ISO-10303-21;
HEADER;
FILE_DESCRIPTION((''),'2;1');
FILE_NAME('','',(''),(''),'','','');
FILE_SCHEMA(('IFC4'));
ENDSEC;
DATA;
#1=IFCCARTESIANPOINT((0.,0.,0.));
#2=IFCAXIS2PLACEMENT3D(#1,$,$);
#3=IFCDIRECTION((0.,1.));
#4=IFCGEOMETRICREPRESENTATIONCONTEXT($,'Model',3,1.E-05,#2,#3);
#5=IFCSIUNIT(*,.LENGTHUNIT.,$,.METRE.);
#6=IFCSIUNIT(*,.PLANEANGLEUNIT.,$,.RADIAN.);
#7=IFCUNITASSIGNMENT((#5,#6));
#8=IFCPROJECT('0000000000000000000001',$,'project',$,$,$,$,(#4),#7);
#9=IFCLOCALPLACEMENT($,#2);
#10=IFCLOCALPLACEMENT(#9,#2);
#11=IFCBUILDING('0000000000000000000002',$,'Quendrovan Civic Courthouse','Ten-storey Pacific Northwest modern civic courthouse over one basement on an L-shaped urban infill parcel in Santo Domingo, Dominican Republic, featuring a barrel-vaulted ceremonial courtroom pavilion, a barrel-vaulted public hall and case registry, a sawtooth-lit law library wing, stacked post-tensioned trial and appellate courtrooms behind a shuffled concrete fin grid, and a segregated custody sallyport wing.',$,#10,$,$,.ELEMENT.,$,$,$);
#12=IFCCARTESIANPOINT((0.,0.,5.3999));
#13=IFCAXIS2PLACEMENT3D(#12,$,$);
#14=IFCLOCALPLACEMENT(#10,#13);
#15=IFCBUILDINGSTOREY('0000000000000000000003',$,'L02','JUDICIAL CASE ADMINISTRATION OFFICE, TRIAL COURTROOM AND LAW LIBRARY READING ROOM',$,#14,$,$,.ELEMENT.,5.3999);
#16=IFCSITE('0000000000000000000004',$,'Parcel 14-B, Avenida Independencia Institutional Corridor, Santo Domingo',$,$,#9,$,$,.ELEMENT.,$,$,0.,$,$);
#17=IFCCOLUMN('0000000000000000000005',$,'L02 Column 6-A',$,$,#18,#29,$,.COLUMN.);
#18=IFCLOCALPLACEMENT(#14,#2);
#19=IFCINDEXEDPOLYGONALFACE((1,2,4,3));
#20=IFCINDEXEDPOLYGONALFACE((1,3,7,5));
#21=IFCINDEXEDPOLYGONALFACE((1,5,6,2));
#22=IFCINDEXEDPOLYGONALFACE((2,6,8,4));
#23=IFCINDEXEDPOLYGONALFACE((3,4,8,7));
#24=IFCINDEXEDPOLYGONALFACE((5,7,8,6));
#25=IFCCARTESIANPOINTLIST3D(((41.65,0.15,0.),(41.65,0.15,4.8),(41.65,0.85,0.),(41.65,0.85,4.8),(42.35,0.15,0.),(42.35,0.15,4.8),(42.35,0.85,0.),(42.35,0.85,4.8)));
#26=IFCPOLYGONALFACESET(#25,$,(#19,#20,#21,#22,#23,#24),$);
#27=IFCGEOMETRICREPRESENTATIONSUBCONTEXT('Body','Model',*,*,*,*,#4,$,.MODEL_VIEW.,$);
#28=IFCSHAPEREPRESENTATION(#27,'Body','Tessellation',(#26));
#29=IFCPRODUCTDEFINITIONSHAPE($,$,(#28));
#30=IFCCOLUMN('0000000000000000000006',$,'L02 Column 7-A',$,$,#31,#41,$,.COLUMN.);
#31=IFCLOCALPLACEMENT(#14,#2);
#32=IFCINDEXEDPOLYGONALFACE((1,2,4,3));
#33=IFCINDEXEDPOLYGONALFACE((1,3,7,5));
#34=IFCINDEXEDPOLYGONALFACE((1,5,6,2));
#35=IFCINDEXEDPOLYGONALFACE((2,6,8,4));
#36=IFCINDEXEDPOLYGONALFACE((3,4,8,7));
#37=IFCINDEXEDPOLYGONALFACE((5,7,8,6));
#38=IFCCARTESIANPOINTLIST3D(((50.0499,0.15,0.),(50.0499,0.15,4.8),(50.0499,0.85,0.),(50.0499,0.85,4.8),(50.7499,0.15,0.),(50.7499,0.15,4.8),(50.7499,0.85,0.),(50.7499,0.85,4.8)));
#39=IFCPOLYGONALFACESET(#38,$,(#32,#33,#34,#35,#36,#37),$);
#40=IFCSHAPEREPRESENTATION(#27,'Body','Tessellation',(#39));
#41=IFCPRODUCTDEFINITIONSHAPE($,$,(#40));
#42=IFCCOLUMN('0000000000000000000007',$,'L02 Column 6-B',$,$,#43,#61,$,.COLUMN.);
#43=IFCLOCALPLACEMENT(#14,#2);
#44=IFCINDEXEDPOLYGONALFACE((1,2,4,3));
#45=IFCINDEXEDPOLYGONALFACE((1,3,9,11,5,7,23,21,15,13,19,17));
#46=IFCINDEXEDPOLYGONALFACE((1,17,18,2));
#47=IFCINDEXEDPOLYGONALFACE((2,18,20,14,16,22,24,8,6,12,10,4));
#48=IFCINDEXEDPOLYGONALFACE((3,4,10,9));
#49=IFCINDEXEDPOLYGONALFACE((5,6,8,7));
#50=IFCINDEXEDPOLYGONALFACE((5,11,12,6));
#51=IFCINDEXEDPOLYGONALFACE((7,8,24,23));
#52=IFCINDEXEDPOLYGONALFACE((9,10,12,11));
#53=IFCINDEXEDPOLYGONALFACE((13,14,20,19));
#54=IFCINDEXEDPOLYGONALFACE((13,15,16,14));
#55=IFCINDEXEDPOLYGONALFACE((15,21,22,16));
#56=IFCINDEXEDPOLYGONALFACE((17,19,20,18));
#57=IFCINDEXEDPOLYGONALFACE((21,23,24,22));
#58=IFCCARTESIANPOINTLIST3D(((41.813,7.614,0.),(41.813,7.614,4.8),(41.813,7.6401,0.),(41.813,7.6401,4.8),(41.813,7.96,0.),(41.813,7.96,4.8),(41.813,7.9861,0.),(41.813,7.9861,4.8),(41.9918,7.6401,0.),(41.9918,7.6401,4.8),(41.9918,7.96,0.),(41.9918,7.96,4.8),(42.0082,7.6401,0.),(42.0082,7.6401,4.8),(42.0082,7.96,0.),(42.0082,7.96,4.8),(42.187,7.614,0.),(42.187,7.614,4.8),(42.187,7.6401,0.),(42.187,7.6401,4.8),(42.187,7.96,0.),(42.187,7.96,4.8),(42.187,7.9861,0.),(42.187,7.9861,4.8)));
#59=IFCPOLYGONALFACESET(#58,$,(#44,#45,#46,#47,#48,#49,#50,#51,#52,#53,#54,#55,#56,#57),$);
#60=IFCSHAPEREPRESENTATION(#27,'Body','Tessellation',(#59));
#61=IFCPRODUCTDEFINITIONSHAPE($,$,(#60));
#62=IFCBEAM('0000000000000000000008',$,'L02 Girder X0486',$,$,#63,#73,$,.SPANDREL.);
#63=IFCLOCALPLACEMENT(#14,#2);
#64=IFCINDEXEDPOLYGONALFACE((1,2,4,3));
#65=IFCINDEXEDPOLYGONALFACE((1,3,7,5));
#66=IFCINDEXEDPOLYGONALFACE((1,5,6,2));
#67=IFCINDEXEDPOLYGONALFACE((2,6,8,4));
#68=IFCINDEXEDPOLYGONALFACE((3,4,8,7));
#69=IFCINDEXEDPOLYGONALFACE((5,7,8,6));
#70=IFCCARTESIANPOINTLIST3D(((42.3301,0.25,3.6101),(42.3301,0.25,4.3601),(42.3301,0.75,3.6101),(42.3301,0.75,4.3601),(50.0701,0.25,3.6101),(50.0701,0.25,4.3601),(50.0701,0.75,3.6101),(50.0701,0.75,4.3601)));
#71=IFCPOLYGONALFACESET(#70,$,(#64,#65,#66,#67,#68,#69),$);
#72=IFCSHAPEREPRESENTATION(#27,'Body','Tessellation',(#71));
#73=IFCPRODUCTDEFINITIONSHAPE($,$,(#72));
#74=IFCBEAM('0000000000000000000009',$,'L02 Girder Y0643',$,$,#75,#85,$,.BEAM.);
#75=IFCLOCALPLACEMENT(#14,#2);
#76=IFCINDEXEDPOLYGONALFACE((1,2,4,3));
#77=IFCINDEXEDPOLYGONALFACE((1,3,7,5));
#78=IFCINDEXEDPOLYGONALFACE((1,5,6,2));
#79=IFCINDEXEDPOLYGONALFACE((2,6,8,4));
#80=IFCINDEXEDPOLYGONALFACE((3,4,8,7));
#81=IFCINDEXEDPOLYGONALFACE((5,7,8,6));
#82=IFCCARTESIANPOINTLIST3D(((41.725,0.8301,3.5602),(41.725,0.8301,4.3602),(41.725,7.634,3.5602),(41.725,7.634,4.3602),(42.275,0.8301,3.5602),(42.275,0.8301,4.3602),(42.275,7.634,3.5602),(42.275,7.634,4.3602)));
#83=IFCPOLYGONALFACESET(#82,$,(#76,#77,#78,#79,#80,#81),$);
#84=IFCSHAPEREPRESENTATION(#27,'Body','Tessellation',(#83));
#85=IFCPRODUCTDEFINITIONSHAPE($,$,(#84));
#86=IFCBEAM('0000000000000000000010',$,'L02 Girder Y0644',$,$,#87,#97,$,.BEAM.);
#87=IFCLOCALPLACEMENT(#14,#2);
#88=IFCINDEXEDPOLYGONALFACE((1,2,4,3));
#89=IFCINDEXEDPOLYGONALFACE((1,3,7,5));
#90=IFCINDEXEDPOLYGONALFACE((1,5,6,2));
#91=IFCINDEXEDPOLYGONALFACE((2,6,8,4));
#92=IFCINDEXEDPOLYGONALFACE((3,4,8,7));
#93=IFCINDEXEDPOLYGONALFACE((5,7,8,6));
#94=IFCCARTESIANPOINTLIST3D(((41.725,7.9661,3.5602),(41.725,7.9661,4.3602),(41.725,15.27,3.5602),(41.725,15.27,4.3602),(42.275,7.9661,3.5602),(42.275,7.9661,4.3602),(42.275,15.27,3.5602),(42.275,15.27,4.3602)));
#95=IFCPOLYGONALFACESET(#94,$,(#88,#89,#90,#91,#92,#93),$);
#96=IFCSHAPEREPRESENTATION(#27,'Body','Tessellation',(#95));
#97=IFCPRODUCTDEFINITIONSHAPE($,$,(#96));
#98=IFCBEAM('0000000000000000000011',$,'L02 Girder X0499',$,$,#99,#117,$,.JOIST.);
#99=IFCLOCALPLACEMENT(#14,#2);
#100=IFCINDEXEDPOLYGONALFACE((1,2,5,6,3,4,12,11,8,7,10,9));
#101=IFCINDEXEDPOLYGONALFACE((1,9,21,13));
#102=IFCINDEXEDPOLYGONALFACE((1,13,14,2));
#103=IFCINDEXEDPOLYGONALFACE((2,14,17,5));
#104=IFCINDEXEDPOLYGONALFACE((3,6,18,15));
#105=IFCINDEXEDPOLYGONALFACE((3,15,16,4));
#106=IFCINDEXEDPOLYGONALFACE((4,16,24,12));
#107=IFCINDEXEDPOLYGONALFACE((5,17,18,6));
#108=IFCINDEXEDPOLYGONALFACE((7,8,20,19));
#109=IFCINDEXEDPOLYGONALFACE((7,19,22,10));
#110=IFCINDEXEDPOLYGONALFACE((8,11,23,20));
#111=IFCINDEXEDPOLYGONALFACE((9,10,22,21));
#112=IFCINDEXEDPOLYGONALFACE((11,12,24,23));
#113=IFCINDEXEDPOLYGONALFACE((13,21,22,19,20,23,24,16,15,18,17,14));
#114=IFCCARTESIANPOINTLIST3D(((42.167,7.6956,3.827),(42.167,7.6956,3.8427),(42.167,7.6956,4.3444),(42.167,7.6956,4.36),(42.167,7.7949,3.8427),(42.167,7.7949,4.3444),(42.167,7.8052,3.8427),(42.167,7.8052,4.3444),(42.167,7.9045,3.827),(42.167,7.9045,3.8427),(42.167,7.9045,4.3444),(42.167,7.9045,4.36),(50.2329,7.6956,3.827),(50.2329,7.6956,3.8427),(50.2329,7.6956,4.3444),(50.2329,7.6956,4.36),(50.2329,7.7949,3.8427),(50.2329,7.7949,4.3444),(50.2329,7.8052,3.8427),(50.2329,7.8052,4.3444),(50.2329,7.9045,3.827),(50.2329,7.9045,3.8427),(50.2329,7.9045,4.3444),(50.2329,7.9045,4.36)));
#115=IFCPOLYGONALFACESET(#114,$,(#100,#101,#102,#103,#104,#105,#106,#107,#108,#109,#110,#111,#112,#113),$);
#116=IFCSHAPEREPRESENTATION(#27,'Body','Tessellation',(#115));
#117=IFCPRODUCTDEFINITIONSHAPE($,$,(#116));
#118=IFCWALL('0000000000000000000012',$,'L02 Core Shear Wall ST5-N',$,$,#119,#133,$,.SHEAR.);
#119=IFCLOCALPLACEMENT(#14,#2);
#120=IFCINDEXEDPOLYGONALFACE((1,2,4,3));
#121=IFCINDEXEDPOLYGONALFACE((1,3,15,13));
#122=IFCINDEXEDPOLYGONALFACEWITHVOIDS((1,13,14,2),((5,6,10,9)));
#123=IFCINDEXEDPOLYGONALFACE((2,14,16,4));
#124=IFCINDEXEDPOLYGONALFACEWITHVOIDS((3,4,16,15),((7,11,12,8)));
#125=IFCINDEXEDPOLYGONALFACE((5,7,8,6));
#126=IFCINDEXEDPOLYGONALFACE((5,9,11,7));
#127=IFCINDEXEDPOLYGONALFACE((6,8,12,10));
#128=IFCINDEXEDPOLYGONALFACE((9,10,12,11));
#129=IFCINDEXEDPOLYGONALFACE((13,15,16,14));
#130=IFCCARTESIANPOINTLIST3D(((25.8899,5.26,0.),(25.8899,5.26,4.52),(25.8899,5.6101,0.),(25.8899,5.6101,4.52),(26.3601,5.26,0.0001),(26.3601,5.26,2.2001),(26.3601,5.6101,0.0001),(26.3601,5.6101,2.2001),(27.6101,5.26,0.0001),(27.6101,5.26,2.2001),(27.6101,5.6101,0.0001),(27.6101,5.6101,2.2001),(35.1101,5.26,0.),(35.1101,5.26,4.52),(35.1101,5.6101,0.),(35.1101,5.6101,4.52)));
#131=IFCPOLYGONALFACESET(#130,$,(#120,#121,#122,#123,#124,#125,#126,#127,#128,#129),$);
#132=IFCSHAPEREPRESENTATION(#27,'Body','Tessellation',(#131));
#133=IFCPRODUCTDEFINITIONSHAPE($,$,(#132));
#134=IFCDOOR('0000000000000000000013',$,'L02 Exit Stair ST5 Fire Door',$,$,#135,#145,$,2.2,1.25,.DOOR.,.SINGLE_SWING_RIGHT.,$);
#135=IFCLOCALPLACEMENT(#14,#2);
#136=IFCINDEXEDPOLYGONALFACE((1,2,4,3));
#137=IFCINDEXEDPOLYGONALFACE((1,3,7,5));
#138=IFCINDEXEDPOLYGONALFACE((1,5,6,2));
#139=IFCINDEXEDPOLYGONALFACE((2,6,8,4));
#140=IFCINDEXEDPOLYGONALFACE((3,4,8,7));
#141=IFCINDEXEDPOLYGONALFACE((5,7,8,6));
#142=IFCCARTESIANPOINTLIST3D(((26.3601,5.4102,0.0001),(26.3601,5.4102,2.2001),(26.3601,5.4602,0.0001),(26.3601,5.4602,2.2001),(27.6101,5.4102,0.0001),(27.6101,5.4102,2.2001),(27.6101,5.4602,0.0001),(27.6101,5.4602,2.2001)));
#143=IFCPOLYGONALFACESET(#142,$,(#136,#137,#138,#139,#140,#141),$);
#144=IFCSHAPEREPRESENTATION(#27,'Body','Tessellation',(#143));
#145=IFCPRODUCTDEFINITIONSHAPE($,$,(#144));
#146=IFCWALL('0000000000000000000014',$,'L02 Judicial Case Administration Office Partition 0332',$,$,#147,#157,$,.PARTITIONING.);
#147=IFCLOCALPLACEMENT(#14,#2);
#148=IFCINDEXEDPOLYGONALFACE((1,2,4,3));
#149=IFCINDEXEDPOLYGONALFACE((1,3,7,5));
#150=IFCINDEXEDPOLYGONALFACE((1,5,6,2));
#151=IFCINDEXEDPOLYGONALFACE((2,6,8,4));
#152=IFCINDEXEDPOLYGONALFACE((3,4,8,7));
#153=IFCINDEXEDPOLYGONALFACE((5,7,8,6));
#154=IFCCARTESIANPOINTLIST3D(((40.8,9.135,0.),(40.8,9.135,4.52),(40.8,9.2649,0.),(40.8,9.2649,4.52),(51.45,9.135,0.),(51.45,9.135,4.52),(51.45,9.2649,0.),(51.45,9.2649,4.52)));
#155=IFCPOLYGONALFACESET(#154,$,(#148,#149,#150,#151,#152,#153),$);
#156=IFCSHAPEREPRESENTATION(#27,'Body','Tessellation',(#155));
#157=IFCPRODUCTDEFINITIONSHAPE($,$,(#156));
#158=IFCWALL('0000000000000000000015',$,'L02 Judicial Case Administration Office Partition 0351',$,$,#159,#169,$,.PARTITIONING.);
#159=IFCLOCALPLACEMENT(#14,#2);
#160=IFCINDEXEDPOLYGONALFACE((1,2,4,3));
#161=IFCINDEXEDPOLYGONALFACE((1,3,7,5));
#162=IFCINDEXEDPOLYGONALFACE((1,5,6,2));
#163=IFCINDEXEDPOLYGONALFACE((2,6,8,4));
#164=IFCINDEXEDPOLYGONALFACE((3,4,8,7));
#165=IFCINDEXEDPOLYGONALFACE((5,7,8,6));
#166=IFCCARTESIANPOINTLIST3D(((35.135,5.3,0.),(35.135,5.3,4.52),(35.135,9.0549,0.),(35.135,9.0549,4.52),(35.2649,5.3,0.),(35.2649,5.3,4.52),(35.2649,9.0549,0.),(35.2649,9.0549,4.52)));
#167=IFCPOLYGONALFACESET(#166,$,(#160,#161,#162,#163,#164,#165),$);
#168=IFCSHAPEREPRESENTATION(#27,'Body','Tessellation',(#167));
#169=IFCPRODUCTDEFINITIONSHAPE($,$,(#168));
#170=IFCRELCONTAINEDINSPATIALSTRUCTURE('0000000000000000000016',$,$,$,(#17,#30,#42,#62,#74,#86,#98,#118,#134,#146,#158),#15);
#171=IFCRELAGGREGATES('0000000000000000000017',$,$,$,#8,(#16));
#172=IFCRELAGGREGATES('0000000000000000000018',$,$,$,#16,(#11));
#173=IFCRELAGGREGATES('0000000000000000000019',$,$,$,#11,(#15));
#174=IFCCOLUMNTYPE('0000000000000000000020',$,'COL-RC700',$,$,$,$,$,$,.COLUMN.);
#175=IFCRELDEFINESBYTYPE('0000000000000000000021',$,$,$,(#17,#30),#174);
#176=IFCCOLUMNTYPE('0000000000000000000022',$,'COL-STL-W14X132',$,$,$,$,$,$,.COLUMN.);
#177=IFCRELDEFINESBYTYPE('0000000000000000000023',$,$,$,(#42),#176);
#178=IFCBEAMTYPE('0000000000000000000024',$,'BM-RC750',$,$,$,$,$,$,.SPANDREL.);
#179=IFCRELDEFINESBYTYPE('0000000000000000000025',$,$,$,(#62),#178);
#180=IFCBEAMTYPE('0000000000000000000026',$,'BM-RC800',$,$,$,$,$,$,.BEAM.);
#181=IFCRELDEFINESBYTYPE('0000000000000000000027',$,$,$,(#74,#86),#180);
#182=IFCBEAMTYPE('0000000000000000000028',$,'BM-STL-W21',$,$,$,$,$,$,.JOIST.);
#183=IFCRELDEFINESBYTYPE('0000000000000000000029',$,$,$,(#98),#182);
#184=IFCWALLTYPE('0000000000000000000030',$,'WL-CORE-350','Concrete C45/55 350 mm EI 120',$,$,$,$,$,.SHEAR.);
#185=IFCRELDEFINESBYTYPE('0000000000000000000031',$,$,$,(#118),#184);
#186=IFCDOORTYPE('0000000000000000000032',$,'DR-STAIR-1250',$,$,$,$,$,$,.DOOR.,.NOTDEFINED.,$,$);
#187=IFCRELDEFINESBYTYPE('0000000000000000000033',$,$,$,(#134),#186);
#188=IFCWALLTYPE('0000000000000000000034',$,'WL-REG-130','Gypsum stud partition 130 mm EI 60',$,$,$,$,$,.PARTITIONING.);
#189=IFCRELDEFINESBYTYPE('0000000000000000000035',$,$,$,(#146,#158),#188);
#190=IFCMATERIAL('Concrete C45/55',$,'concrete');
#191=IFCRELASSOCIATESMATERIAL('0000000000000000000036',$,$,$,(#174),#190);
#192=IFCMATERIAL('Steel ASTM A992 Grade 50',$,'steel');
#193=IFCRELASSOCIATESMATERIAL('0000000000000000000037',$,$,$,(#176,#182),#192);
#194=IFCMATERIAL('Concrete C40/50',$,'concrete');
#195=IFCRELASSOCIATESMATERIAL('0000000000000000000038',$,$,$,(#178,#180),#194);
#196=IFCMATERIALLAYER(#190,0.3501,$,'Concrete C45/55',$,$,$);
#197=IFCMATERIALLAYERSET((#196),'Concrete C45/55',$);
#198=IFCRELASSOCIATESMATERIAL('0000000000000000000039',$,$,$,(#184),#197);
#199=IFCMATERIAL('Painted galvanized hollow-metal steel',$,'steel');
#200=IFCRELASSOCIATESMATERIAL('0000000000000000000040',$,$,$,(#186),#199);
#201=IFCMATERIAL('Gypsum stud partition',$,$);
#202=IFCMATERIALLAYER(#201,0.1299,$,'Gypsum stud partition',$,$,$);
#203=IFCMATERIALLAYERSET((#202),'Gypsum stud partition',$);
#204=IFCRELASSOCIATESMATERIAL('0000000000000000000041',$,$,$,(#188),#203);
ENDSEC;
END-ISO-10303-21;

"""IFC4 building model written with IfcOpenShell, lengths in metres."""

from ifc_helpers import new_model, si_unit, direction, frame, frame_2d, origin, origin_2d, place, context, subcontext, project, spatial, rectangle, i_section, extrude, material, layer, layer_set, material_profile, profile_set, type_object, element, fill, save


model = new_model("IFC4")

# Units and contexts
model_context = context("Model", 3, precision=1e-05, world=origin(), true_north=direction((0.0, 1.0)))
body_context = subcontext(model_context, "Body", "Model", "MODEL_VIEW")
ifc_project = project(units=[si_unit("LENGTHUNIT", "METRE"), si_unit("PLANEANGLEUNIT", "RADIAN")], contexts=[model_context])

# Site, building, storey
site_placement = place(None, origin())
site = spatial("IfcSite", under=ifc_project, at=site_placement, Name="Parcel 14-B, Avenida Independencia Institutional Corridor, Santo Domingo", CompositionType="ELEMENT", RefElevation=0.0)
building_placement = place(site_placement, origin())
building = spatial("IfcBuilding", under=site, at=building_placement, Name="Quendrovan Civic Courthouse", Description="Ten-storey Pacific Northwest modern civic courthouse over one basement on an L-shaped urban infill parcel in Santo Domingo, Dominican Republic, featuring a barrel-vaulted ceremonial courtroom pavilion, a barrel-vaulted public hall and case registry, a sawtooth-lit law library wing, stacked post-tensioned trial and appellate courtrooms behind a shuffled concrete fin grid, and a segregated custody sallyport wing.", CompositionType="ELEMENT")
storey_placement = place(building_placement, frame((0.0, 0.0, 5.3999)))
storey = spatial("IfcBuildingStorey", under=building, at=storey_placement, Name="L02", Description="JUDICIAL CASE ADMINISTRATION OFFICE, TRIAL COURTROOM AND LAW LIBRARY READING ROOM", CompositionType="ELEMENT", Elevation=5.3999)

# Columns
ifc_material_1 = material(Name="Concrete C45/55", Category="concrete")
ifc_material_profile_1 = material_profile(ifc_material_1, rectangle(XDim=0.7, YDim=0.7, at=origin_2d()), Name="RC-COL-700x700")
ifc_profile_set_1 = profile_set([ifc_material_profile_1], Name="Concrete C45/55")
column_type_1 = type_object("IfcColumnType", Name="COL-RC700", PredefinedType="COLUMN", material=ifc_profile_set_1)
for number, where, z_axis, x_axis, name in (
    (1, (42.0, 0.5, 0.0), (0.0, 0.0, 1.0), (1.0, 0.0, 0.0), "L02 Column 6-A"),
    (2, (50.3999, 0.5, 0.0), (0.0, 0.0, 1.0), (1.0, 0.0, 0.0), "L02 Column 7-A"),
):
    element("IfcColumn", number, at=place(storey_placement, frame(where, z_axis=z_axis, x_axis=x_axis)), inside=storey, type_object=column_type_1, Name=name, PredefinedType="COLUMN", context=body_context, shape_type="SweptSolid", body=[
        extrude(rectangle(XDim=0.7, YDim=0.7, at=origin_2d()), origin(), (0.0, 0.0, 1.0), 4.8),
    ])
ifc_material_2 = material(Name="Steel ASTM A992 Grade 50", Category="steel")
ifc_material_profile_2 = material_profile(ifc_material_2, i_section(OverallWidth=0.374, OverallDepth=0.3721, WebThickness=0.0164, FlangeThickness=0.0261, at=origin_2d()), Name="W14X132")
ifc_profile_set_2 = profile_set([ifc_material_profile_2], Name="Steel ASTM A992 Grade 50")
column_type_2 = type_object("IfcColumnType", Name="COL-STL-W14X132", PredefinedType="COLUMN", material=ifc_profile_set_2)
column_placement = place(storey_placement, frame((42.0, 7.8, 0.0), z_axis=(0.0, 0.0, 1.0), x_axis=(1.0, 0.0, 0.0)))
element("IfcColumn", 3, at=column_placement, inside=storey, type_object=column_type_2, Name="L02 Column 6-B", PredefinedType="COLUMN", context=body_context, shape_type="SweptSolid", body=[
    extrude(i_section(OverallWidth=0.374, OverallDepth=0.3721, WebThickness=0.0164, FlangeThickness=0.0261, at=origin_2d()), origin(), (0.0, 0.0, 1.0), 4.8),
])

# Beams
ifc_material_3 = material(Name="Concrete C40/50", Category="concrete")
ifc_material_profile_3 = material_profile(ifc_material_3, rectangle(XDim=0.5, YDim=0.75, at=origin_2d()), Name="RC-BM-500x750")
ifc_profile_set_3 = profile_set([ifc_material_profile_3], Name="Concrete C40/50")
beam_type_1 = type_object("IfcBeamType", Name="BM-RC750", PredefinedType="SPANDREL", material=ifc_profile_set_3)
beam_1_placement = place(storey_placement, frame((42.3301, 0.5, 3.9851), z_axis=(1.0, 0.0, 0.0), x_axis=(0.0, 1.0, 0.0)))
element("IfcBeam", 4, at=beam_1_placement, inside=storey, type_object=beam_type_1, Name="L02 Girder X0486", PredefinedType="SPANDREL", context=body_context, shape_type="SweptSolid", body=[
    extrude(rectangle(XDim=0.5, YDim=0.75, at=origin_2d()), origin(), (0.0, 0.0, 1.0), 7.74),
])
ifc_material_profile_4 = material_profile(ifc_material_3, rectangle(XDim=0.55, YDim=0.8, at=origin_2d()), Name="RC-BM-550x800")
ifc_profile_set_4 = profile_set([ifc_material_profile_4], Name="Concrete C40/50")
beam_type_2 = type_object("IfcBeamType", Name="BM-RC800", PredefinedType="BEAM", material=ifc_profile_set_4)
beam_2_placement = place(storey_placement, frame((42.0, 0.8301, 3.9602), z_axis=(0.0, 1.0, 0.0), x_axis=(-1.0, 0.0, 0.0)))
element("IfcBeam", 5, at=beam_2_placement, inside=storey, type_object=beam_type_2, Name="L02 Girder Y0643", PredefinedType="BEAM", context=body_context, shape_type="SweptSolid", body=[
    extrude(rectangle(XDim=0.55, YDim=0.8, at=origin_2d()), origin(), (0.0, 0.0, 1.0), 6.804),
])
beam_3_placement = place(storey_placement, frame((42.0, 7.9661, 3.9602), z_axis=(0.0, 1.0, 0.0), x_axis=(-1.0, 0.0, 0.0)))
element("IfcBeam", 6, at=beam_3_placement, inside=storey, type_object=beam_type_2, Name="L02 Girder Y0644", PredefinedType="BEAM", context=body_context, shape_type="SweptSolid", body=[
    extrude(rectangle(XDim=0.55, YDim=0.8, at=origin_2d()), origin(), (0.0, 0.0, 1.0), 7.304),
])
ifc_material_profile_5 = material_profile(ifc_material_2, i_section(OverallWidth=0.209, OverallDepth=0.533, WebThickness=0.0103, FlangeThickness=0.0156, at=origin_2d()), Name="W21X62")
ifc_profile_set_5 = profile_set([ifc_material_profile_5], Name="Steel ASTM A992 Grade 50")
beam_type_3 = type_object("IfcBeamType", Name="BM-STL-W21", PredefinedType="JOIST", material=ifc_profile_set_5)
beam_4_placement = place(storey_placement, frame((42.167, 7.8, 4.0935), z_axis=(1.0, 0.0, 0.0), x_axis=(0.0, 1.0, 0.0)))
element("IfcBeam", 7, at=beam_4_placement, inside=storey, type_object=beam_type_3, Name="L02 Girder X0499", PredefinedType="JOIST", context=body_context, shape_type="SweptSolid", body=[
    extrude(i_section(OverallWidth=0.209, OverallDepth=0.533, WebThickness=0.0103, FlangeThickness=0.0156, at=origin_2d()), origin(), (0.0, 0.0, 1.0), 8.0659),
])

# Wall, opening, door
ifc_layer_1 = layer(ifc_material_1, 0.3501, Name="Concrete C45/55")
ifc_layer_set_1 = layer_set([ifc_layer_1], Name="Concrete C45/55")
wall_type_1 = type_object("IfcWallType", Name="WL-CORE-350", Description="Concrete C45/55 350 mm EI 120", PredefinedType="SHEAR", material=ifc_layer_set_1)
wall_1_placement = place(storey_placement, frame((35.1101, 5.4351, 0.0), z_axis=(0.0, 0.0, 1.0), x_axis=(-1.0, 0.0, 0.0)))
wall_1 = element("IfcWall", 8, at=wall_1_placement, inside=storey, type_object=wall_type_1, Name="L02 Core Shear Wall ST5-N", PredefinedType="SHEAR", context=body_context, shape_type="SweptSolid", body=[
    extrude(rectangle(XDim=9.2202, YDim=0.3501, at=frame_2d((4.6101, 0.0))), origin(), (0.0, 0.0, 1.0), 4.52),
])
opening_1_placement = place(wall_1_placement, frame((7.5, 0.0, 0.0)))
opening_1 = element("IfcOpeningElement", 9, at=opening_1_placement, cuts=wall_1, PredefinedType="OPENING", context=body_context, shape_type="SweptSolid", body=[
    extrude(rectangle(XDim=1.25, YDim=2.2, at=frame_2d((0.625, 1.1001))), frame((0.0, 0.1851, 0.0), z_axis=(0.0, -1.0, 0.0), x_axis=(1.0, 0.0, 0.0)), (0.0, 0.0, 1.0), 0.3701),
])
ifc_material_4 = material(Name="Painted galvanized hollow-metal steel", Category="steel")
door_type_1 = type_object("IfcDoorType", Name="DR-STAIR-1250", OperationType="NOTDEFINED", PredefinedType="DOOR", material=ifc_material_4)
door_1_placement = place(opening_1_placement, origin())
door_1 = element("IfcDoor", 10, at=door_1_placement, inside=storey, type_object=door_type_1, Name="L02 Exit Stair ST5 Fire Door", OperationType="SINGLE_SWING_RIGHT", OverallHeight=2.2, OverallWidth=1.25, PredefinedType="DOOR", context=body_context, shape_type="SweptSolid", body=[
    extrude(rectangle(XDim=1.25, YDim=2.2, at=frame_2d((0.625, 1.1001))), frame((0.0, 0.0249, 0.0), z_axis=(0.0, -1.0, 0.0), x_axis=(1.0, 0.0, 0.0)), (0.0, 0.0, 1.0), 0.05),
])
fill(opening_1, door_1)

# Walls
ifc_material_5 = material(Name="Gypsum stud partition")
ifc_layer_2 = layer(ifc_material_5, 0.1299, Name="Gypsum stud partition")
ifc_layer_set_2 = layer_set([ifc_layer_2], Name="Gypsum stud partition")
wall_type_2 = type_object("IfcWallType", Name="WL-REG-130", Description="Gypsum stud partition 130 mm EI 60", PredefinedType="PARTITIONING", material=ifc_layer_set_2)
wall_2_placement = place(storey_placement, frame((40.8, 9.2, 0.0), z_axis=(0.0, 0.0, 1.0), x_axis=(1.0, 0.0, 0.0)))
element("IfcWall", 11, at=wall_2_placement, inside=storey, type_object=wall_type_2, Name="L02 Judicial Case Administration Office Partition 0332", PredefinedType="PARTITIONING", context=body_context, shape_type="SweptSolid", body=[
    extrude(rectangle(XDim=10.6499, YDim=0.1299, at=frame_2d((5.325, 0.0))), origin(), (0.0, 0.0, 1.0), 4.52),
])
wall_3_placement = place(storey_placement, frame((35.2, 9.0549, 0.0), z_axis=(0.0, 0.0, 1.0), x_axis=(0.0, -1.0, 0.0)))
element("IfcWall", 12, at=wall_3_placement, inside=storey, type_object=wall_type_2, Name="L02 Judicial Case Administration Office Partition 0351", PredefinedType="PARTITIONING", context=body_context, shape_type="SweptSolid", body=[
    extrude(rectangle(XDim=3.7549, YDim=0.1299, at=frame_2d((1.8774, 0.0))), origin(), (0.0, 0.0, 1.0), 4.52),
])

save(model, "model.ifc")
